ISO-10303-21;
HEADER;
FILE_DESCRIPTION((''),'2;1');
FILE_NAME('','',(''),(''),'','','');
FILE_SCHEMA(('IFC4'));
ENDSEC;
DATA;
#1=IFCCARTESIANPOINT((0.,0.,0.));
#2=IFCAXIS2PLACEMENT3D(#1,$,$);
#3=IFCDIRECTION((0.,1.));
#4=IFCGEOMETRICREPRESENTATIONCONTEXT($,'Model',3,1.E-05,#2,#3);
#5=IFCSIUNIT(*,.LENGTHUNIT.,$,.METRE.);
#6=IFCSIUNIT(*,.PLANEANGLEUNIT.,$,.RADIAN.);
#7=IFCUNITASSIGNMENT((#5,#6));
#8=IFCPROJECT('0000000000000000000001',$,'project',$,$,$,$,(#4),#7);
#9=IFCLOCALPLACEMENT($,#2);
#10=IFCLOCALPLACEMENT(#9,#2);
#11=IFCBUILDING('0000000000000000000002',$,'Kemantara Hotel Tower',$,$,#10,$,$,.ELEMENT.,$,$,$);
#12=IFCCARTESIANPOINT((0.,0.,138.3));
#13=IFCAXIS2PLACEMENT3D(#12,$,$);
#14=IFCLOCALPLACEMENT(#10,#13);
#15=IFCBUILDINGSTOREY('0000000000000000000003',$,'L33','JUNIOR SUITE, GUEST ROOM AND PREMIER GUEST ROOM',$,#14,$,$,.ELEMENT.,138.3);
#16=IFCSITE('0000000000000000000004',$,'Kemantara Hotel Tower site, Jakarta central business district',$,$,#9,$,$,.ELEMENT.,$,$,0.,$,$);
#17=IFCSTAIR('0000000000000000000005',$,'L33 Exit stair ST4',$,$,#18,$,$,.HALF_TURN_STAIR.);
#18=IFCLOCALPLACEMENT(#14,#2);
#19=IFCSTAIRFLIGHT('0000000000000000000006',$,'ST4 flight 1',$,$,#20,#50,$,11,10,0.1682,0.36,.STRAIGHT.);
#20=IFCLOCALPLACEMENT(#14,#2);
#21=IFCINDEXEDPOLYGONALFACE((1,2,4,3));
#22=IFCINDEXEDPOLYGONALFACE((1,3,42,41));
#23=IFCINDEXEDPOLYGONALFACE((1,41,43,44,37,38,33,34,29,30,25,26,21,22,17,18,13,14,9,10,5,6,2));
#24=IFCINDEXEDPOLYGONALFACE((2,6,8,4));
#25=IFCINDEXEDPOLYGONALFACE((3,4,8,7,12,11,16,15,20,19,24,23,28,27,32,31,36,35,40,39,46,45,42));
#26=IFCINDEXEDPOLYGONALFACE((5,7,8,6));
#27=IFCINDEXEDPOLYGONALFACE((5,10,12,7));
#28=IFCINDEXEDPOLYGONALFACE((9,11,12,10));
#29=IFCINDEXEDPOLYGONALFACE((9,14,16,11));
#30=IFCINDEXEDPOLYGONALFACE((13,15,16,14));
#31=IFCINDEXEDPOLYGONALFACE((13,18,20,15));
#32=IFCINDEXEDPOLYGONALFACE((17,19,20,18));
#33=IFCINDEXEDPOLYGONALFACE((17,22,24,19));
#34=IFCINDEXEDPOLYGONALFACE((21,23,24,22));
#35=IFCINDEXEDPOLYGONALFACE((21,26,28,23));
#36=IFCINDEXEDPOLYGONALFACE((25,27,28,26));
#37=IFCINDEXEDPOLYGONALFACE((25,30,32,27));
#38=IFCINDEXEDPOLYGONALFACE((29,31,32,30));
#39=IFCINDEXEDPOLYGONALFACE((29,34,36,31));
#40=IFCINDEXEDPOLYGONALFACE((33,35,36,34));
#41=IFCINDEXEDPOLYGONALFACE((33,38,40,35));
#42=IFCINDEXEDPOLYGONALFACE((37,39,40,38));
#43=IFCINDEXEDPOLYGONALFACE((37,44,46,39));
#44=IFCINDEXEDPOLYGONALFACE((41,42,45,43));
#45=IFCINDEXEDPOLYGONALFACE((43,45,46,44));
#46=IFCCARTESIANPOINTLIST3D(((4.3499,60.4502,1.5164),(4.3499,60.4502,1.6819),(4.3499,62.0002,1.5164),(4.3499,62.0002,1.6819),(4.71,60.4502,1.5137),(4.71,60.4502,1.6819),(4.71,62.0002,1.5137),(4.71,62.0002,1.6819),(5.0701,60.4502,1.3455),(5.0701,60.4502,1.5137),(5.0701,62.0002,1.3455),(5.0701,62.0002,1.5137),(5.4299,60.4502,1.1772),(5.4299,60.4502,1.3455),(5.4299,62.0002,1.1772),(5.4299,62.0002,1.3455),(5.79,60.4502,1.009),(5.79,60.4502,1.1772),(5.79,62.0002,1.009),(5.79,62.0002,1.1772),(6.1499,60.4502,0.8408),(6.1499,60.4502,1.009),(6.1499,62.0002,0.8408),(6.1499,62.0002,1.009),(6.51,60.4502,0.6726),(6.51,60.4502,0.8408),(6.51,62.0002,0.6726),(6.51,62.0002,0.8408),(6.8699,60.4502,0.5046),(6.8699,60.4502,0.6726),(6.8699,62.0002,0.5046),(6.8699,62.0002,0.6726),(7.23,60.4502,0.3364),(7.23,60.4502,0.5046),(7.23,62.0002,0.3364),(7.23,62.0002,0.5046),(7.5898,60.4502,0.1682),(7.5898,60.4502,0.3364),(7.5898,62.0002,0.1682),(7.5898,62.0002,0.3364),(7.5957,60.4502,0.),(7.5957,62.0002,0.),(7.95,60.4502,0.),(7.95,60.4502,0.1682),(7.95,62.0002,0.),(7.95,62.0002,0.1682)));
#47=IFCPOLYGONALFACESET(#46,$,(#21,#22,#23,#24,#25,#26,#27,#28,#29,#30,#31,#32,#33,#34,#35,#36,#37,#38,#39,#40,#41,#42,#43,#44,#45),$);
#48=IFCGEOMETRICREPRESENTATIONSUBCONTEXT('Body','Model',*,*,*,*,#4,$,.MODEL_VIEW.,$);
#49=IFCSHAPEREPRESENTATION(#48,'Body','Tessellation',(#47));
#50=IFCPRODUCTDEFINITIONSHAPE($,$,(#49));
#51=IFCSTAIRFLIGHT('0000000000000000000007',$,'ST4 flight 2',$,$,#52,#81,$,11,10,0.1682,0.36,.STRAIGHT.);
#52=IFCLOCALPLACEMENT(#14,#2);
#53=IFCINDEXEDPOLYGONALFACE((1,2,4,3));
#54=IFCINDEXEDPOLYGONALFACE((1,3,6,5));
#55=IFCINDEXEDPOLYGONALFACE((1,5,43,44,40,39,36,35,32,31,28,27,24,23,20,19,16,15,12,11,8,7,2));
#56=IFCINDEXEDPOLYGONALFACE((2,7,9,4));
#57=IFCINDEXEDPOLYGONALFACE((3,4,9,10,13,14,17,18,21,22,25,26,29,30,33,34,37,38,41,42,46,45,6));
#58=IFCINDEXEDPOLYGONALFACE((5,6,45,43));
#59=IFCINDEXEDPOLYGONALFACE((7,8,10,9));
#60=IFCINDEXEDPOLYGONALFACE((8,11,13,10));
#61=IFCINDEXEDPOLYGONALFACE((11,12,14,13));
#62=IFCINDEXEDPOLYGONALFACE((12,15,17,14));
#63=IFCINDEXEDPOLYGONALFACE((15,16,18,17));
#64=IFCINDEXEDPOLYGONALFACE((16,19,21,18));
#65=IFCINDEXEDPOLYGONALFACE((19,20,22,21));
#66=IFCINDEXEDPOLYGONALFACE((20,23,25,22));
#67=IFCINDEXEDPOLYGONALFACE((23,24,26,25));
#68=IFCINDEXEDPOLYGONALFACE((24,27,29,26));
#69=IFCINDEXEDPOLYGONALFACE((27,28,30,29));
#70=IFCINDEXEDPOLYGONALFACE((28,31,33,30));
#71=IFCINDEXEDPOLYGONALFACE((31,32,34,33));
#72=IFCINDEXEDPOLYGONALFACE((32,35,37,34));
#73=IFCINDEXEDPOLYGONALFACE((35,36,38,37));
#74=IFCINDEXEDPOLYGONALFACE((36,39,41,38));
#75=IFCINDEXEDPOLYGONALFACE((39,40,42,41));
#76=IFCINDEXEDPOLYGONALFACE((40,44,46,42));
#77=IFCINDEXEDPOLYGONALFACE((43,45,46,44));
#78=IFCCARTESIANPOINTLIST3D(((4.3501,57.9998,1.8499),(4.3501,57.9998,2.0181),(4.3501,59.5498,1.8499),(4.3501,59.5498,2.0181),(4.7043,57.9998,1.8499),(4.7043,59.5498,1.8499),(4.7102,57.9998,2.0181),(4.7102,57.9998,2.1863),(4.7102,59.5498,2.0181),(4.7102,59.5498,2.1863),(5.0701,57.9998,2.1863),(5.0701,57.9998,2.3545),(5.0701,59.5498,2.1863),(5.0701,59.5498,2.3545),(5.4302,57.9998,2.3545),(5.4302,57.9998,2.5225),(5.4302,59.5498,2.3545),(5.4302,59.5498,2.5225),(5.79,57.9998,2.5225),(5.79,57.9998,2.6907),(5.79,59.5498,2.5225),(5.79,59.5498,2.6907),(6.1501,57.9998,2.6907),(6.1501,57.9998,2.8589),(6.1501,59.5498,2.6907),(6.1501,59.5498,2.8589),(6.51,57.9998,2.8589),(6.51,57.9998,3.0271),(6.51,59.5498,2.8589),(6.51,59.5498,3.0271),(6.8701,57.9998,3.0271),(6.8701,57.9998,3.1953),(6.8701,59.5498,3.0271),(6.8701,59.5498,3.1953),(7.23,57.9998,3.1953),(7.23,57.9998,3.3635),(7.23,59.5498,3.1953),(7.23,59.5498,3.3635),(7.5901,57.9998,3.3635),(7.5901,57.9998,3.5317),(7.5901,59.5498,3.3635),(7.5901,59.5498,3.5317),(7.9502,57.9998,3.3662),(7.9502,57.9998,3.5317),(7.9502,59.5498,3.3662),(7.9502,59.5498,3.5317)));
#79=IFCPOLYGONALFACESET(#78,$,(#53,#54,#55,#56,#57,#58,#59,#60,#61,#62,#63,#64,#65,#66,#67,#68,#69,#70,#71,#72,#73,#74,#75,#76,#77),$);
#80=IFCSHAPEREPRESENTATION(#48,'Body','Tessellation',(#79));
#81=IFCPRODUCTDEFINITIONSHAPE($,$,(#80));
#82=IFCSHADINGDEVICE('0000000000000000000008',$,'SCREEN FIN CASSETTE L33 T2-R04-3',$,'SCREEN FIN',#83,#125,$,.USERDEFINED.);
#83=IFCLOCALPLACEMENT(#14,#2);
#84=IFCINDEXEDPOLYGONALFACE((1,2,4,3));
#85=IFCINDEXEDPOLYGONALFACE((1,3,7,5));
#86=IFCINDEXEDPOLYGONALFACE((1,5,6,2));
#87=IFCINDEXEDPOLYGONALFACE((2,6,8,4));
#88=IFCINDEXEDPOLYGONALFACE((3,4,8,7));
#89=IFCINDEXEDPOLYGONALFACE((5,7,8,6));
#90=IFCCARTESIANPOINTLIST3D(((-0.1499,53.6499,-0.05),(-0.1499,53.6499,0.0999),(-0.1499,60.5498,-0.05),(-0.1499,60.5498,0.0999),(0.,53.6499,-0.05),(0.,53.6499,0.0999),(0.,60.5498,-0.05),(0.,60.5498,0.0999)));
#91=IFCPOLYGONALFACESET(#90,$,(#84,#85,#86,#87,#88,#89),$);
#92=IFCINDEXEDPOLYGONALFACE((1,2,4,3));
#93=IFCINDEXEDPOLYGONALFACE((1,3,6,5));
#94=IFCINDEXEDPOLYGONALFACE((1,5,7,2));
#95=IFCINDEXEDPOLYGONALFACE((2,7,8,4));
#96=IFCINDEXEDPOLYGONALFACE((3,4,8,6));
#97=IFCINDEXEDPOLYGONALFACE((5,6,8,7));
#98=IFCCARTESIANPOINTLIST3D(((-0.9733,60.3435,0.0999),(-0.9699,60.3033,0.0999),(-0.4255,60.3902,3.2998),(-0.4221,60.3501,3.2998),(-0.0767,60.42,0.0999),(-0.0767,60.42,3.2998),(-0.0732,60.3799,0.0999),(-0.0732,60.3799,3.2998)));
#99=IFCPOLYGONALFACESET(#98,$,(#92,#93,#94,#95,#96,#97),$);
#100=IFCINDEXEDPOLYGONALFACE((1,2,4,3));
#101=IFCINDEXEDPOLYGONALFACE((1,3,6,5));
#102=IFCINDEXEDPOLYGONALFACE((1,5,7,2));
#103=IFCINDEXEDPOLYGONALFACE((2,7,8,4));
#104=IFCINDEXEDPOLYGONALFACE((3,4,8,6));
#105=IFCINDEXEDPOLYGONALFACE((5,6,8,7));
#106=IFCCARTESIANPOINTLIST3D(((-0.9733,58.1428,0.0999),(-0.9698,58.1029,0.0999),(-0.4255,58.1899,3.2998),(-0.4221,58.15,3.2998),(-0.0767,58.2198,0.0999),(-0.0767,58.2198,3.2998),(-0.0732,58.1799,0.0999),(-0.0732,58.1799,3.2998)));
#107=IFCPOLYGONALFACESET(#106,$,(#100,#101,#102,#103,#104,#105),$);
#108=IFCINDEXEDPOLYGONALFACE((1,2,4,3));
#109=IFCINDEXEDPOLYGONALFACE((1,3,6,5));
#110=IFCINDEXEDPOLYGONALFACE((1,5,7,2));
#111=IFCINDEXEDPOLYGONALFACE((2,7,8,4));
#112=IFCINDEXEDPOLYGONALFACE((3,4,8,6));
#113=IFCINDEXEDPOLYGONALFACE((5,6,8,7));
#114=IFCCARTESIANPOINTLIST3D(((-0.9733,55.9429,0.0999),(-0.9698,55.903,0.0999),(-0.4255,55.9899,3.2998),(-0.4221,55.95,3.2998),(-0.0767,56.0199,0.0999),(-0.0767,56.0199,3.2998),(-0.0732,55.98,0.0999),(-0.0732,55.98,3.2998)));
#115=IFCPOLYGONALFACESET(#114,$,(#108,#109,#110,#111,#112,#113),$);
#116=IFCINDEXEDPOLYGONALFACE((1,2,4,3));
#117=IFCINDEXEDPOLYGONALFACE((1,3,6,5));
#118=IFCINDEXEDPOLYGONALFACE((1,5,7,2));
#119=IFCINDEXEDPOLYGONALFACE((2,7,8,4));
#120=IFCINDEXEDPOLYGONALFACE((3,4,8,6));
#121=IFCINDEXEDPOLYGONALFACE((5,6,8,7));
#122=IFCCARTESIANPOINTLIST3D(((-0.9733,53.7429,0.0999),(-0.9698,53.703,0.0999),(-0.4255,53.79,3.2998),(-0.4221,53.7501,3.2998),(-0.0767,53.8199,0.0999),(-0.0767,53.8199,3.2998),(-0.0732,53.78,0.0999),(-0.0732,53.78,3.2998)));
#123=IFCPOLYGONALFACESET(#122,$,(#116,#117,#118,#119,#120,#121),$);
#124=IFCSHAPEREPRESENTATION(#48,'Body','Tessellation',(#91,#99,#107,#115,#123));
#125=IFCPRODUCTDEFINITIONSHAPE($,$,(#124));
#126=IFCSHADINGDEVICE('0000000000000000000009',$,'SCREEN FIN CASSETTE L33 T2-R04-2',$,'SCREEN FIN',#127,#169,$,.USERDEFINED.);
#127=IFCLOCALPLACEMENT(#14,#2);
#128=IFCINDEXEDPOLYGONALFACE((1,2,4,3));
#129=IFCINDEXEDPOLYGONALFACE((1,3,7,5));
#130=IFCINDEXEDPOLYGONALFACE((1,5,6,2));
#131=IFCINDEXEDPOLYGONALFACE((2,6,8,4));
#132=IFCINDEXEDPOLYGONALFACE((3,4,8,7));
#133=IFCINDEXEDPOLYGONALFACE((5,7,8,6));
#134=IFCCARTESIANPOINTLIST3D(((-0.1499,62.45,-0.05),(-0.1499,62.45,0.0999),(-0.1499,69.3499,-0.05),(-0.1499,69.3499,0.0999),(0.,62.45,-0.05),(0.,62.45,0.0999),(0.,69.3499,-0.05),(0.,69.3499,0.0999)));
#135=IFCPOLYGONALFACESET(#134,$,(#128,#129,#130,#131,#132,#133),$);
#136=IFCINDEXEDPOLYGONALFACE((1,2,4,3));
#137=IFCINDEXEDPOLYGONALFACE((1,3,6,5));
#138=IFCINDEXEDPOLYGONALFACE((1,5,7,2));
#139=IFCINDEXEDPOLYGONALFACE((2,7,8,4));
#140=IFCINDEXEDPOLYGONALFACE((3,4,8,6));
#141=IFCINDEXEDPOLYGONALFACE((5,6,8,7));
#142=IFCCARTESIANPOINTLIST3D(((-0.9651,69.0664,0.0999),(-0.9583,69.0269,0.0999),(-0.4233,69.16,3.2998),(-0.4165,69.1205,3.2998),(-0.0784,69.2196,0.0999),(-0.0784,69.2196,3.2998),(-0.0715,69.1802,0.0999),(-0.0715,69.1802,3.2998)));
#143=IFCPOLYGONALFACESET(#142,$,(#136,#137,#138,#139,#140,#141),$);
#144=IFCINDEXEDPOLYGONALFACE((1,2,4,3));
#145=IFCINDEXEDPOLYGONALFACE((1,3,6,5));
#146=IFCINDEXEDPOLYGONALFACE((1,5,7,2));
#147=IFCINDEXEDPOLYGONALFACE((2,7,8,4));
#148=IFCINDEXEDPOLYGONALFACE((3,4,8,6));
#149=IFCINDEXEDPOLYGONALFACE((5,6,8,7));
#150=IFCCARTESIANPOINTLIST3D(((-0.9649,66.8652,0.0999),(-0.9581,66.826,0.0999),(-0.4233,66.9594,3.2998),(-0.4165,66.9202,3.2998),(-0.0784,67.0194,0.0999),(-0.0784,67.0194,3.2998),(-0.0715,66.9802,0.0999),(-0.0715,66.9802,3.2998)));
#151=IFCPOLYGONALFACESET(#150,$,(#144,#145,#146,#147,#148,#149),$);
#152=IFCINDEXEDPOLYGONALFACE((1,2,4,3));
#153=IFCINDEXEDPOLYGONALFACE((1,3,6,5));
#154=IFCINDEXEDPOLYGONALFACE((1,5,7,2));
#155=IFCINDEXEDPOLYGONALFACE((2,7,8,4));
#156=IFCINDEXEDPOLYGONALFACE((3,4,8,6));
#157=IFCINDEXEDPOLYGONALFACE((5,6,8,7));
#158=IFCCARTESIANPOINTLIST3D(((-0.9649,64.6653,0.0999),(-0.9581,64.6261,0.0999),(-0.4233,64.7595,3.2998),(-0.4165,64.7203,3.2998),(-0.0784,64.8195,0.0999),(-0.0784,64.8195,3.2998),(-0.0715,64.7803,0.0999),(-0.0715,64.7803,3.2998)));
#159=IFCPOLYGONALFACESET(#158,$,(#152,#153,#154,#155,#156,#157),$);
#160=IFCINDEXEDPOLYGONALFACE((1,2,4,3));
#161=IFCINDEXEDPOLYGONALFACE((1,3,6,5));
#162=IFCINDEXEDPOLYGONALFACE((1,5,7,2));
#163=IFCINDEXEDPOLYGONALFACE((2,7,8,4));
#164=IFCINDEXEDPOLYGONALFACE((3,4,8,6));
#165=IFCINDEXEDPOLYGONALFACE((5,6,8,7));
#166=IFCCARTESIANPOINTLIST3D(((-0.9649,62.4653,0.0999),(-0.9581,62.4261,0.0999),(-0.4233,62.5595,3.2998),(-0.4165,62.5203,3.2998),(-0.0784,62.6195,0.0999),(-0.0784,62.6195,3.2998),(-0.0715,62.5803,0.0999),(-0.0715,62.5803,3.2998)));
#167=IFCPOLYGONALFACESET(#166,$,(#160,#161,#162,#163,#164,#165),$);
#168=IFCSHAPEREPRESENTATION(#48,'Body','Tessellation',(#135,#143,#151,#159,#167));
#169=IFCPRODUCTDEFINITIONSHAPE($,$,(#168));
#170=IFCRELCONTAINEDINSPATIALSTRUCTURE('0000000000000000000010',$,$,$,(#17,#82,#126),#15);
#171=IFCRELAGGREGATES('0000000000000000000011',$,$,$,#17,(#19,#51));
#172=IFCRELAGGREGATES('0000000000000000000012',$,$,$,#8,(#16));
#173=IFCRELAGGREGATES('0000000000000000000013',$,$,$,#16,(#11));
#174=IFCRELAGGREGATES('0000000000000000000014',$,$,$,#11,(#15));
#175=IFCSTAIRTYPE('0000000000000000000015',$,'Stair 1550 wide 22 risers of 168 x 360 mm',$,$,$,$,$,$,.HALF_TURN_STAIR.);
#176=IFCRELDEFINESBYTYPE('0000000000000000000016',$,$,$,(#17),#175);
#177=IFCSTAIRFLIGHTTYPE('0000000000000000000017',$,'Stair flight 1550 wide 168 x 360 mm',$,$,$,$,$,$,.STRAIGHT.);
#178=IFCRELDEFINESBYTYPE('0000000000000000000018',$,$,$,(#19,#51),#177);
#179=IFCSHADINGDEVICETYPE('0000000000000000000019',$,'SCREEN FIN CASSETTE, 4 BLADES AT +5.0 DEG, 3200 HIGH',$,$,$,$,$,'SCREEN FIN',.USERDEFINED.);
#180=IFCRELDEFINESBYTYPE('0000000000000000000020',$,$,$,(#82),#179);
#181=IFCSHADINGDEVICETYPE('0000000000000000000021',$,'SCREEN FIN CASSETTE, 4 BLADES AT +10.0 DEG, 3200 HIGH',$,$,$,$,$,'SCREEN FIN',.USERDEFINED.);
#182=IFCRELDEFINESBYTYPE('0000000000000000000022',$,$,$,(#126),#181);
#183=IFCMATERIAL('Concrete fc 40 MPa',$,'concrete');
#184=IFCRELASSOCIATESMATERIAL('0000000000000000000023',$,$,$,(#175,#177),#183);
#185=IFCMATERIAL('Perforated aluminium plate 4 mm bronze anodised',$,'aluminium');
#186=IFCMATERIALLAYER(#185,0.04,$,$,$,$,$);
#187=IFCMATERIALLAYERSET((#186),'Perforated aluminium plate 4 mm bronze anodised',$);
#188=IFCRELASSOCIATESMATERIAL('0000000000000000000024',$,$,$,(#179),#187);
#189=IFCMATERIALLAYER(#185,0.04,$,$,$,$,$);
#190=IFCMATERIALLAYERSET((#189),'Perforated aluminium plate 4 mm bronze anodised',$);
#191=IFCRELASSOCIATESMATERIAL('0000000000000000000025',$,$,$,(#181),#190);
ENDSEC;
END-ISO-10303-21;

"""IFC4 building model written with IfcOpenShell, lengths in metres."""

from ifc_helpers import new_model, si_unit, direction, frame, origin, origin_2d, place, context, subcontext, project, spatial, polyline, rectangle, outline, extrude, source, transform, mapped, material, layer, layer_set, type_object, element, aggregate, save


model = new_model("IFC4")

# Units and contexts
model_context = context("Model", 3, precision=1e-05, world=origin(), true_north=direction((0.0, 1.0)))
body_context = subcontext(model_context, "Body", "Model", "MODEL_VIEW")
ifc_project = project(units=[si_unit("LENGTHUNIT", "METRE"), si_unit("PLANEANGLEUNIT", "RADIAN")], contexts=[model_context])

# Site, building, storey
site_placement = place(None, origin())
site = spatial("IfcSite", under=ifc_project, at=site_placement, Name="Kemantara Hotel Tower site, Jakarta central business district", CompositionType="ELEMENT", RefElevation=0.0)
building_placement = place(site_placement, origin())
building = spatial("IfcBuilding", under=site, at=building_placement, Name="Kemantara Hotel Tower", CompositionType="ELEMENT")
storey_placement = place(building_placement, frame((0.0, 0.0, 138.3)))
storey = spatial("IfcBuildingStorey", under=building, at=storey_placement, Name="L33", Description="JUNIOR SUITE, GUEST ROOM AND PREMIER GUEST ROOM", CompositionType="ELEMENT", Elevation=138.3)

# Shared definitions
ifc_material_1 = material(Name="Concrete fc 40 MPa", Category="concrete")

# Stair, stair flights
stair_type = type_object("IfcStairType", Name="Stair 1550 wide 22 risers of 168 x 360 mm", PredefinedType="HALF_TURN_STAIR", material=ifc_material_1)
stair_placement = place(storey_placement, origin())
stair = element("IfcStair", 1, at=stair_placement, inside=storey, type_object=stair_type, Name="L33 Exit stair ST4", PredefinedType="HALF_TURN_STAIR")
stair_flight_type = type_object("IfcStairFlightType", Name="Stair flight 1550 wide 168 x 360 mm", PredefinedType="STRAIGHT", material=ifc_material_1)
stair_flight_1_placement = place(storey_placement, frame((7.95, 61.2251, 0.0), z_axis=(0.0, 0.0, 1.0), x_axis=(-1.0, 0.0, 0.0)))
stair_flight_1 = element("IfcStairFlight", 2, at=stair_flight_1_placement, type_object=stair_flight_type, Name="ST4 flight 1", NumberOfRisers=11, NumberOfTreads=10, PredefinedType="STRAIGHT", RiserHeight=0.1682, TreadLength=0.36, context=body_context, shape_type="SweptSolid", body=[
    extrude(outline(polyline([(0.0, 0.0), (0.0, 0.1682), (0.3601, 0.1682), (0.3601, 0.3364), (0.72, 0.3364), (0.72, 0.5046), (1.0801, 0.5046), (1.0801, 0.6726), (1.4399, 0.6726), (1.4399, 0.8408), (1.8, 0.8408), (1.8, 1.009), (2.1599, 1.009), (2.1599, 1.1772), (2.52, 1.1772), (2.52, 1.3455), (2.8799, 1.3455), (2.8799, 1.5137), (3.24, 1.5137), (3.24, 1.6819), (3.6001, 1.6819), (3.6001, 1.8501), (3.6001, 1.5164), (0.3542, 0.0), (0.0, 0.0)])), frame((0.0, 0.7749, 0.0), z_axis=(0.0, -1.0, 0.0), x_axis=(1.0, 0.0, 0.0)), (0.0, 0.0, 1.0), 1.55),
])
stair_flight_2_placement = place(storey_placement, frame((4.3501, 58.7749, 1.8499), z_axis=(0.0, 0.0, 1.0), x_axis=(1.0, 0.0, 0.0)))
stair_flight_2 = element("IfcStairFlight", 3, at=stair_flight_2_placement, type_object=stair_flight_type, Name="ST4 flight 2", NumberOfRisers=11, NumberOfTreads=10, PredefinedType="STRAIGHT", RiserHeight=0.1682, TreadLength=0.36, context=body_context, shape_type="SweptSolid", body=[
    extrude(outline(polyline([(0.0, 0.0), (0.0, 0.1682), (0.3601, 0.1682), (0.3601, 0.3364), (0.72, 0.3364), (0.72, 0.5046), (1.0801, 0.5046), (1.0801, 0.6726), (1.4399, 0.6726), (1.4399, 0.8408), (1.8, 0.8408), (1.8, 1.009), (2.1599, 1.009), (2.1599, 1.1772), (2.52, 1.1772), (2.52, 1.3455), (2.8799, 1.3455), (2.8799, 1.5137), (3.24, 1.5137), (3.24, 1.6819), (3.6001, 1.6819), (3.6001, 1.8501), (3.6001, 1.5164), (0.3542, 0.0), (0.0, 0.0)])), frame((0.0, 0.7749, 0.0), z_axis=(0.0, -1.0, 0.0), x_axis=(1.0, 0.0, 0.0)), (0.0, 0.0, 1.0), 1.55),
])
aggregate(stair, [stair_flight_1, stair_flight_2])

# Shading devices
ifc_material_2 = material(Name="Perforated aluminium plate 4 mm bronze anodised", Category="aluminium")
ifc_layer_1 = layer(ifc_material_2, 0.04)
ifc_layer_set_1 = layer_set([ifc_layer_1], Name="Perforated aluminium plate 4 mm bronze anodised")
shading_device_type_1 = type_object("IfcShadingDeviceType", Name="SCREEN FIN CASSETTE, 4 BLADES AT +5.0 DEG, 3200 HIGH", ElementType="SCREEN FIN", PredefinedType="USERDEFINED", material=ifc_layer_set_1)
shared_shape_1 = source(origin(), body_context, "Body", "SweptSolid", [
    extrude(rectangle(XDim=6.8999, YDim=0.1499, at=origin_2d()), frame((3.3, -0.075, -0.1499), z_axis=(0.0, 0.0, 1.0), x_axis=(1.0, 0.0, 0.0)), (0.0, 0.0, 1.0), 0.1499),
    extrude(outline(polyline([(0.0, 0.0), (0.8999, 0.0), (0.3501, 3.2), (0.0, 3.2), (0.0, 0.0)])), frame((0.02, -0.0732, 0.0), z_axis=(-0.996376, -0.085056, 0.0), x_axis=(0.085056, -0.996376, 0.0)), (0.0, 0.0, 1.0), 0.0403),
    extrude(outline(polyline([(0.0, 0.0), (0.8999, 0.0), (0.3501, 3.2), (0.0, 3.2), (0.0, 0.0)])), frame((2.22, -0.0732, 0.0), z_axis=(-0.996332, -0.085575, 0.0), x_axis=(0.085575, -0.996332, 0.0)), (0.0, 0.0, 1.0), 0.04),
    extrude(outline(polyline([(0.0, 0.0), (0.8999, 0.0), (0.3501, 3.2), (0.0, 3.2), (0.0, 0.0)])), frame((4.4199, -0.0732, 0.0), z_axis=(-0.996332, -0.085575, 0.0), x_axis=(0.085575, -0.996332, 0.0)), (0.0, 0.0, 1.0), 0.04),
    extrude(outline(polyline([(0.0, 0.0), (0.8999, 0.0), (0.3501, 3.2), (0.0, 3.2), (0.0, 0.0)])), frame((6.6199, -0.0732, 0.0), z_axis=(-0.996332, -0.085575, 0.0), x_axis=(0.085575, -0.996332, 0.0)), (0.0, 0.0, 1.0), 0.04),
])
shading_device_1_placement = place(storey_placement, frame((0.0, 60.3999, 0.0999), z_axis=(0.0, 0.0, 1.0), x_axis=(0.0, -1.0, 0.0)))
element("IfcShadingDevice", 4, at=shading_device_1_placement, inside=storey, type_object=shading_device_type_1, Name="SCREEN FIN CASSETTE L33 T2-R04-3", ObjectType="SCREEN FIN", PredefinedType="USERDEFINED", context=body_context, shape_type="MappedRepresentation", body=[
    mapped(shared_shape_1, transform((0.0, 0.0, 0.0))),
])
ifc_layer_2 = layer(ifc_material_2, 0.04)
ifc_layer_set_2 = layer_set([ifc_layer_2], Name="Perforated aluminium plate 4 mm bronze anodised")
shading_device_type_2 = type_object("IfcShadingDeviceType", Name="SCREEN FIN CASSETTE, 4 BLADES AT +10.0 DEG, 3200 HIGH", ElementType="SCREEN FIN", PredefinedType="USERDEFINED", material=ifc_layer_set_2)
shared_shape_2 = source(origin(), body_context, "Body", "SweptSolid", [
    extrude(rectangle(XDim=6.8999, YDim=0.1499, at=origin_2d()), frame((3.3, -0.075, -0.1499), z_axis=(0.0, 0.0, 1.0), x_axis=(1.0, 0.0, 0.0)), (0.0, 0.0, 1.0), 0.1499),
    extrude(outline(polyline([(0.0, 0.0), (0.8999, 0.0), (0.3501, 3.2), (0.0, 3.2), (0.0, 0.0)])), frame((0.0198, -0.0715, 0.0), z_axis=(-0.98539, -0.170314, 0.0), x_axis=(0.170314, -0.98539, 0.0)), (0.0, 0.0, 1.0), 0.04),
    extrude(outline(polyline([(0.0, 0.0), (0.8999, 0.0), (0.3501, 3.2), (0.0, 3.2), (0.0, 0.0)])), frame((2.2197, -0.0715, 0.0), z_axis=(-0.985212, -0.171341, 0.0), x_axis=(0.171341, -0.985212, 0.0)), (0.0, 0.0, 1.0), 0.0398),
    extrude(outline(polyline([(0.0, 0.0), (0.8999, 0.0), (0.3501, 3.2), (0.0, 3.2), (0.0, 0.0)])), frame((4.4197, -0.0715, 0.0), z_axis=(-0.985212, -0.171341, 0.0), x_axis=(0.171341, -0.985212, 0.0)), (0.0, 0.0, 1.0), 0.0398),
    extrude(outline(polyline([(0.0, 0.0), (0.8999, 0.0), (0.3501, 3.2), (0.0, 3.2), (0.0, 0.0)])), frame((6.6196, -0.0715, 0.0), z_axis=(-0.985212, -0.171341, 0.0), x_axis=(0.171341, -0.985212, 0.0)), (0.0, 0.0, 1.0), 0.0398),
])
shading_device_2_placement = place(storey_placement, frame((0.0, 69.2, 0.0999), z_axis=(0.0, 0.0, 1.0), x_axis=(0.0, -1.0, 0.0)))
element("IfcShadingDevice", 5, at=shading_device_2_placement, inside=storey, type_object=shading_device_type_2, Name="SCREEN FIN CASSETTE L33 T2-R04-2", ObjectType="SCREEN FIN", PredefinedType="USERDEFINED", context=body_context, shape_type="MappedRepresentation", body=[
    mapped(shared_shape_2, transform((0.0, 0.0, 0.0))),
])

save(model, "model.ifc")
